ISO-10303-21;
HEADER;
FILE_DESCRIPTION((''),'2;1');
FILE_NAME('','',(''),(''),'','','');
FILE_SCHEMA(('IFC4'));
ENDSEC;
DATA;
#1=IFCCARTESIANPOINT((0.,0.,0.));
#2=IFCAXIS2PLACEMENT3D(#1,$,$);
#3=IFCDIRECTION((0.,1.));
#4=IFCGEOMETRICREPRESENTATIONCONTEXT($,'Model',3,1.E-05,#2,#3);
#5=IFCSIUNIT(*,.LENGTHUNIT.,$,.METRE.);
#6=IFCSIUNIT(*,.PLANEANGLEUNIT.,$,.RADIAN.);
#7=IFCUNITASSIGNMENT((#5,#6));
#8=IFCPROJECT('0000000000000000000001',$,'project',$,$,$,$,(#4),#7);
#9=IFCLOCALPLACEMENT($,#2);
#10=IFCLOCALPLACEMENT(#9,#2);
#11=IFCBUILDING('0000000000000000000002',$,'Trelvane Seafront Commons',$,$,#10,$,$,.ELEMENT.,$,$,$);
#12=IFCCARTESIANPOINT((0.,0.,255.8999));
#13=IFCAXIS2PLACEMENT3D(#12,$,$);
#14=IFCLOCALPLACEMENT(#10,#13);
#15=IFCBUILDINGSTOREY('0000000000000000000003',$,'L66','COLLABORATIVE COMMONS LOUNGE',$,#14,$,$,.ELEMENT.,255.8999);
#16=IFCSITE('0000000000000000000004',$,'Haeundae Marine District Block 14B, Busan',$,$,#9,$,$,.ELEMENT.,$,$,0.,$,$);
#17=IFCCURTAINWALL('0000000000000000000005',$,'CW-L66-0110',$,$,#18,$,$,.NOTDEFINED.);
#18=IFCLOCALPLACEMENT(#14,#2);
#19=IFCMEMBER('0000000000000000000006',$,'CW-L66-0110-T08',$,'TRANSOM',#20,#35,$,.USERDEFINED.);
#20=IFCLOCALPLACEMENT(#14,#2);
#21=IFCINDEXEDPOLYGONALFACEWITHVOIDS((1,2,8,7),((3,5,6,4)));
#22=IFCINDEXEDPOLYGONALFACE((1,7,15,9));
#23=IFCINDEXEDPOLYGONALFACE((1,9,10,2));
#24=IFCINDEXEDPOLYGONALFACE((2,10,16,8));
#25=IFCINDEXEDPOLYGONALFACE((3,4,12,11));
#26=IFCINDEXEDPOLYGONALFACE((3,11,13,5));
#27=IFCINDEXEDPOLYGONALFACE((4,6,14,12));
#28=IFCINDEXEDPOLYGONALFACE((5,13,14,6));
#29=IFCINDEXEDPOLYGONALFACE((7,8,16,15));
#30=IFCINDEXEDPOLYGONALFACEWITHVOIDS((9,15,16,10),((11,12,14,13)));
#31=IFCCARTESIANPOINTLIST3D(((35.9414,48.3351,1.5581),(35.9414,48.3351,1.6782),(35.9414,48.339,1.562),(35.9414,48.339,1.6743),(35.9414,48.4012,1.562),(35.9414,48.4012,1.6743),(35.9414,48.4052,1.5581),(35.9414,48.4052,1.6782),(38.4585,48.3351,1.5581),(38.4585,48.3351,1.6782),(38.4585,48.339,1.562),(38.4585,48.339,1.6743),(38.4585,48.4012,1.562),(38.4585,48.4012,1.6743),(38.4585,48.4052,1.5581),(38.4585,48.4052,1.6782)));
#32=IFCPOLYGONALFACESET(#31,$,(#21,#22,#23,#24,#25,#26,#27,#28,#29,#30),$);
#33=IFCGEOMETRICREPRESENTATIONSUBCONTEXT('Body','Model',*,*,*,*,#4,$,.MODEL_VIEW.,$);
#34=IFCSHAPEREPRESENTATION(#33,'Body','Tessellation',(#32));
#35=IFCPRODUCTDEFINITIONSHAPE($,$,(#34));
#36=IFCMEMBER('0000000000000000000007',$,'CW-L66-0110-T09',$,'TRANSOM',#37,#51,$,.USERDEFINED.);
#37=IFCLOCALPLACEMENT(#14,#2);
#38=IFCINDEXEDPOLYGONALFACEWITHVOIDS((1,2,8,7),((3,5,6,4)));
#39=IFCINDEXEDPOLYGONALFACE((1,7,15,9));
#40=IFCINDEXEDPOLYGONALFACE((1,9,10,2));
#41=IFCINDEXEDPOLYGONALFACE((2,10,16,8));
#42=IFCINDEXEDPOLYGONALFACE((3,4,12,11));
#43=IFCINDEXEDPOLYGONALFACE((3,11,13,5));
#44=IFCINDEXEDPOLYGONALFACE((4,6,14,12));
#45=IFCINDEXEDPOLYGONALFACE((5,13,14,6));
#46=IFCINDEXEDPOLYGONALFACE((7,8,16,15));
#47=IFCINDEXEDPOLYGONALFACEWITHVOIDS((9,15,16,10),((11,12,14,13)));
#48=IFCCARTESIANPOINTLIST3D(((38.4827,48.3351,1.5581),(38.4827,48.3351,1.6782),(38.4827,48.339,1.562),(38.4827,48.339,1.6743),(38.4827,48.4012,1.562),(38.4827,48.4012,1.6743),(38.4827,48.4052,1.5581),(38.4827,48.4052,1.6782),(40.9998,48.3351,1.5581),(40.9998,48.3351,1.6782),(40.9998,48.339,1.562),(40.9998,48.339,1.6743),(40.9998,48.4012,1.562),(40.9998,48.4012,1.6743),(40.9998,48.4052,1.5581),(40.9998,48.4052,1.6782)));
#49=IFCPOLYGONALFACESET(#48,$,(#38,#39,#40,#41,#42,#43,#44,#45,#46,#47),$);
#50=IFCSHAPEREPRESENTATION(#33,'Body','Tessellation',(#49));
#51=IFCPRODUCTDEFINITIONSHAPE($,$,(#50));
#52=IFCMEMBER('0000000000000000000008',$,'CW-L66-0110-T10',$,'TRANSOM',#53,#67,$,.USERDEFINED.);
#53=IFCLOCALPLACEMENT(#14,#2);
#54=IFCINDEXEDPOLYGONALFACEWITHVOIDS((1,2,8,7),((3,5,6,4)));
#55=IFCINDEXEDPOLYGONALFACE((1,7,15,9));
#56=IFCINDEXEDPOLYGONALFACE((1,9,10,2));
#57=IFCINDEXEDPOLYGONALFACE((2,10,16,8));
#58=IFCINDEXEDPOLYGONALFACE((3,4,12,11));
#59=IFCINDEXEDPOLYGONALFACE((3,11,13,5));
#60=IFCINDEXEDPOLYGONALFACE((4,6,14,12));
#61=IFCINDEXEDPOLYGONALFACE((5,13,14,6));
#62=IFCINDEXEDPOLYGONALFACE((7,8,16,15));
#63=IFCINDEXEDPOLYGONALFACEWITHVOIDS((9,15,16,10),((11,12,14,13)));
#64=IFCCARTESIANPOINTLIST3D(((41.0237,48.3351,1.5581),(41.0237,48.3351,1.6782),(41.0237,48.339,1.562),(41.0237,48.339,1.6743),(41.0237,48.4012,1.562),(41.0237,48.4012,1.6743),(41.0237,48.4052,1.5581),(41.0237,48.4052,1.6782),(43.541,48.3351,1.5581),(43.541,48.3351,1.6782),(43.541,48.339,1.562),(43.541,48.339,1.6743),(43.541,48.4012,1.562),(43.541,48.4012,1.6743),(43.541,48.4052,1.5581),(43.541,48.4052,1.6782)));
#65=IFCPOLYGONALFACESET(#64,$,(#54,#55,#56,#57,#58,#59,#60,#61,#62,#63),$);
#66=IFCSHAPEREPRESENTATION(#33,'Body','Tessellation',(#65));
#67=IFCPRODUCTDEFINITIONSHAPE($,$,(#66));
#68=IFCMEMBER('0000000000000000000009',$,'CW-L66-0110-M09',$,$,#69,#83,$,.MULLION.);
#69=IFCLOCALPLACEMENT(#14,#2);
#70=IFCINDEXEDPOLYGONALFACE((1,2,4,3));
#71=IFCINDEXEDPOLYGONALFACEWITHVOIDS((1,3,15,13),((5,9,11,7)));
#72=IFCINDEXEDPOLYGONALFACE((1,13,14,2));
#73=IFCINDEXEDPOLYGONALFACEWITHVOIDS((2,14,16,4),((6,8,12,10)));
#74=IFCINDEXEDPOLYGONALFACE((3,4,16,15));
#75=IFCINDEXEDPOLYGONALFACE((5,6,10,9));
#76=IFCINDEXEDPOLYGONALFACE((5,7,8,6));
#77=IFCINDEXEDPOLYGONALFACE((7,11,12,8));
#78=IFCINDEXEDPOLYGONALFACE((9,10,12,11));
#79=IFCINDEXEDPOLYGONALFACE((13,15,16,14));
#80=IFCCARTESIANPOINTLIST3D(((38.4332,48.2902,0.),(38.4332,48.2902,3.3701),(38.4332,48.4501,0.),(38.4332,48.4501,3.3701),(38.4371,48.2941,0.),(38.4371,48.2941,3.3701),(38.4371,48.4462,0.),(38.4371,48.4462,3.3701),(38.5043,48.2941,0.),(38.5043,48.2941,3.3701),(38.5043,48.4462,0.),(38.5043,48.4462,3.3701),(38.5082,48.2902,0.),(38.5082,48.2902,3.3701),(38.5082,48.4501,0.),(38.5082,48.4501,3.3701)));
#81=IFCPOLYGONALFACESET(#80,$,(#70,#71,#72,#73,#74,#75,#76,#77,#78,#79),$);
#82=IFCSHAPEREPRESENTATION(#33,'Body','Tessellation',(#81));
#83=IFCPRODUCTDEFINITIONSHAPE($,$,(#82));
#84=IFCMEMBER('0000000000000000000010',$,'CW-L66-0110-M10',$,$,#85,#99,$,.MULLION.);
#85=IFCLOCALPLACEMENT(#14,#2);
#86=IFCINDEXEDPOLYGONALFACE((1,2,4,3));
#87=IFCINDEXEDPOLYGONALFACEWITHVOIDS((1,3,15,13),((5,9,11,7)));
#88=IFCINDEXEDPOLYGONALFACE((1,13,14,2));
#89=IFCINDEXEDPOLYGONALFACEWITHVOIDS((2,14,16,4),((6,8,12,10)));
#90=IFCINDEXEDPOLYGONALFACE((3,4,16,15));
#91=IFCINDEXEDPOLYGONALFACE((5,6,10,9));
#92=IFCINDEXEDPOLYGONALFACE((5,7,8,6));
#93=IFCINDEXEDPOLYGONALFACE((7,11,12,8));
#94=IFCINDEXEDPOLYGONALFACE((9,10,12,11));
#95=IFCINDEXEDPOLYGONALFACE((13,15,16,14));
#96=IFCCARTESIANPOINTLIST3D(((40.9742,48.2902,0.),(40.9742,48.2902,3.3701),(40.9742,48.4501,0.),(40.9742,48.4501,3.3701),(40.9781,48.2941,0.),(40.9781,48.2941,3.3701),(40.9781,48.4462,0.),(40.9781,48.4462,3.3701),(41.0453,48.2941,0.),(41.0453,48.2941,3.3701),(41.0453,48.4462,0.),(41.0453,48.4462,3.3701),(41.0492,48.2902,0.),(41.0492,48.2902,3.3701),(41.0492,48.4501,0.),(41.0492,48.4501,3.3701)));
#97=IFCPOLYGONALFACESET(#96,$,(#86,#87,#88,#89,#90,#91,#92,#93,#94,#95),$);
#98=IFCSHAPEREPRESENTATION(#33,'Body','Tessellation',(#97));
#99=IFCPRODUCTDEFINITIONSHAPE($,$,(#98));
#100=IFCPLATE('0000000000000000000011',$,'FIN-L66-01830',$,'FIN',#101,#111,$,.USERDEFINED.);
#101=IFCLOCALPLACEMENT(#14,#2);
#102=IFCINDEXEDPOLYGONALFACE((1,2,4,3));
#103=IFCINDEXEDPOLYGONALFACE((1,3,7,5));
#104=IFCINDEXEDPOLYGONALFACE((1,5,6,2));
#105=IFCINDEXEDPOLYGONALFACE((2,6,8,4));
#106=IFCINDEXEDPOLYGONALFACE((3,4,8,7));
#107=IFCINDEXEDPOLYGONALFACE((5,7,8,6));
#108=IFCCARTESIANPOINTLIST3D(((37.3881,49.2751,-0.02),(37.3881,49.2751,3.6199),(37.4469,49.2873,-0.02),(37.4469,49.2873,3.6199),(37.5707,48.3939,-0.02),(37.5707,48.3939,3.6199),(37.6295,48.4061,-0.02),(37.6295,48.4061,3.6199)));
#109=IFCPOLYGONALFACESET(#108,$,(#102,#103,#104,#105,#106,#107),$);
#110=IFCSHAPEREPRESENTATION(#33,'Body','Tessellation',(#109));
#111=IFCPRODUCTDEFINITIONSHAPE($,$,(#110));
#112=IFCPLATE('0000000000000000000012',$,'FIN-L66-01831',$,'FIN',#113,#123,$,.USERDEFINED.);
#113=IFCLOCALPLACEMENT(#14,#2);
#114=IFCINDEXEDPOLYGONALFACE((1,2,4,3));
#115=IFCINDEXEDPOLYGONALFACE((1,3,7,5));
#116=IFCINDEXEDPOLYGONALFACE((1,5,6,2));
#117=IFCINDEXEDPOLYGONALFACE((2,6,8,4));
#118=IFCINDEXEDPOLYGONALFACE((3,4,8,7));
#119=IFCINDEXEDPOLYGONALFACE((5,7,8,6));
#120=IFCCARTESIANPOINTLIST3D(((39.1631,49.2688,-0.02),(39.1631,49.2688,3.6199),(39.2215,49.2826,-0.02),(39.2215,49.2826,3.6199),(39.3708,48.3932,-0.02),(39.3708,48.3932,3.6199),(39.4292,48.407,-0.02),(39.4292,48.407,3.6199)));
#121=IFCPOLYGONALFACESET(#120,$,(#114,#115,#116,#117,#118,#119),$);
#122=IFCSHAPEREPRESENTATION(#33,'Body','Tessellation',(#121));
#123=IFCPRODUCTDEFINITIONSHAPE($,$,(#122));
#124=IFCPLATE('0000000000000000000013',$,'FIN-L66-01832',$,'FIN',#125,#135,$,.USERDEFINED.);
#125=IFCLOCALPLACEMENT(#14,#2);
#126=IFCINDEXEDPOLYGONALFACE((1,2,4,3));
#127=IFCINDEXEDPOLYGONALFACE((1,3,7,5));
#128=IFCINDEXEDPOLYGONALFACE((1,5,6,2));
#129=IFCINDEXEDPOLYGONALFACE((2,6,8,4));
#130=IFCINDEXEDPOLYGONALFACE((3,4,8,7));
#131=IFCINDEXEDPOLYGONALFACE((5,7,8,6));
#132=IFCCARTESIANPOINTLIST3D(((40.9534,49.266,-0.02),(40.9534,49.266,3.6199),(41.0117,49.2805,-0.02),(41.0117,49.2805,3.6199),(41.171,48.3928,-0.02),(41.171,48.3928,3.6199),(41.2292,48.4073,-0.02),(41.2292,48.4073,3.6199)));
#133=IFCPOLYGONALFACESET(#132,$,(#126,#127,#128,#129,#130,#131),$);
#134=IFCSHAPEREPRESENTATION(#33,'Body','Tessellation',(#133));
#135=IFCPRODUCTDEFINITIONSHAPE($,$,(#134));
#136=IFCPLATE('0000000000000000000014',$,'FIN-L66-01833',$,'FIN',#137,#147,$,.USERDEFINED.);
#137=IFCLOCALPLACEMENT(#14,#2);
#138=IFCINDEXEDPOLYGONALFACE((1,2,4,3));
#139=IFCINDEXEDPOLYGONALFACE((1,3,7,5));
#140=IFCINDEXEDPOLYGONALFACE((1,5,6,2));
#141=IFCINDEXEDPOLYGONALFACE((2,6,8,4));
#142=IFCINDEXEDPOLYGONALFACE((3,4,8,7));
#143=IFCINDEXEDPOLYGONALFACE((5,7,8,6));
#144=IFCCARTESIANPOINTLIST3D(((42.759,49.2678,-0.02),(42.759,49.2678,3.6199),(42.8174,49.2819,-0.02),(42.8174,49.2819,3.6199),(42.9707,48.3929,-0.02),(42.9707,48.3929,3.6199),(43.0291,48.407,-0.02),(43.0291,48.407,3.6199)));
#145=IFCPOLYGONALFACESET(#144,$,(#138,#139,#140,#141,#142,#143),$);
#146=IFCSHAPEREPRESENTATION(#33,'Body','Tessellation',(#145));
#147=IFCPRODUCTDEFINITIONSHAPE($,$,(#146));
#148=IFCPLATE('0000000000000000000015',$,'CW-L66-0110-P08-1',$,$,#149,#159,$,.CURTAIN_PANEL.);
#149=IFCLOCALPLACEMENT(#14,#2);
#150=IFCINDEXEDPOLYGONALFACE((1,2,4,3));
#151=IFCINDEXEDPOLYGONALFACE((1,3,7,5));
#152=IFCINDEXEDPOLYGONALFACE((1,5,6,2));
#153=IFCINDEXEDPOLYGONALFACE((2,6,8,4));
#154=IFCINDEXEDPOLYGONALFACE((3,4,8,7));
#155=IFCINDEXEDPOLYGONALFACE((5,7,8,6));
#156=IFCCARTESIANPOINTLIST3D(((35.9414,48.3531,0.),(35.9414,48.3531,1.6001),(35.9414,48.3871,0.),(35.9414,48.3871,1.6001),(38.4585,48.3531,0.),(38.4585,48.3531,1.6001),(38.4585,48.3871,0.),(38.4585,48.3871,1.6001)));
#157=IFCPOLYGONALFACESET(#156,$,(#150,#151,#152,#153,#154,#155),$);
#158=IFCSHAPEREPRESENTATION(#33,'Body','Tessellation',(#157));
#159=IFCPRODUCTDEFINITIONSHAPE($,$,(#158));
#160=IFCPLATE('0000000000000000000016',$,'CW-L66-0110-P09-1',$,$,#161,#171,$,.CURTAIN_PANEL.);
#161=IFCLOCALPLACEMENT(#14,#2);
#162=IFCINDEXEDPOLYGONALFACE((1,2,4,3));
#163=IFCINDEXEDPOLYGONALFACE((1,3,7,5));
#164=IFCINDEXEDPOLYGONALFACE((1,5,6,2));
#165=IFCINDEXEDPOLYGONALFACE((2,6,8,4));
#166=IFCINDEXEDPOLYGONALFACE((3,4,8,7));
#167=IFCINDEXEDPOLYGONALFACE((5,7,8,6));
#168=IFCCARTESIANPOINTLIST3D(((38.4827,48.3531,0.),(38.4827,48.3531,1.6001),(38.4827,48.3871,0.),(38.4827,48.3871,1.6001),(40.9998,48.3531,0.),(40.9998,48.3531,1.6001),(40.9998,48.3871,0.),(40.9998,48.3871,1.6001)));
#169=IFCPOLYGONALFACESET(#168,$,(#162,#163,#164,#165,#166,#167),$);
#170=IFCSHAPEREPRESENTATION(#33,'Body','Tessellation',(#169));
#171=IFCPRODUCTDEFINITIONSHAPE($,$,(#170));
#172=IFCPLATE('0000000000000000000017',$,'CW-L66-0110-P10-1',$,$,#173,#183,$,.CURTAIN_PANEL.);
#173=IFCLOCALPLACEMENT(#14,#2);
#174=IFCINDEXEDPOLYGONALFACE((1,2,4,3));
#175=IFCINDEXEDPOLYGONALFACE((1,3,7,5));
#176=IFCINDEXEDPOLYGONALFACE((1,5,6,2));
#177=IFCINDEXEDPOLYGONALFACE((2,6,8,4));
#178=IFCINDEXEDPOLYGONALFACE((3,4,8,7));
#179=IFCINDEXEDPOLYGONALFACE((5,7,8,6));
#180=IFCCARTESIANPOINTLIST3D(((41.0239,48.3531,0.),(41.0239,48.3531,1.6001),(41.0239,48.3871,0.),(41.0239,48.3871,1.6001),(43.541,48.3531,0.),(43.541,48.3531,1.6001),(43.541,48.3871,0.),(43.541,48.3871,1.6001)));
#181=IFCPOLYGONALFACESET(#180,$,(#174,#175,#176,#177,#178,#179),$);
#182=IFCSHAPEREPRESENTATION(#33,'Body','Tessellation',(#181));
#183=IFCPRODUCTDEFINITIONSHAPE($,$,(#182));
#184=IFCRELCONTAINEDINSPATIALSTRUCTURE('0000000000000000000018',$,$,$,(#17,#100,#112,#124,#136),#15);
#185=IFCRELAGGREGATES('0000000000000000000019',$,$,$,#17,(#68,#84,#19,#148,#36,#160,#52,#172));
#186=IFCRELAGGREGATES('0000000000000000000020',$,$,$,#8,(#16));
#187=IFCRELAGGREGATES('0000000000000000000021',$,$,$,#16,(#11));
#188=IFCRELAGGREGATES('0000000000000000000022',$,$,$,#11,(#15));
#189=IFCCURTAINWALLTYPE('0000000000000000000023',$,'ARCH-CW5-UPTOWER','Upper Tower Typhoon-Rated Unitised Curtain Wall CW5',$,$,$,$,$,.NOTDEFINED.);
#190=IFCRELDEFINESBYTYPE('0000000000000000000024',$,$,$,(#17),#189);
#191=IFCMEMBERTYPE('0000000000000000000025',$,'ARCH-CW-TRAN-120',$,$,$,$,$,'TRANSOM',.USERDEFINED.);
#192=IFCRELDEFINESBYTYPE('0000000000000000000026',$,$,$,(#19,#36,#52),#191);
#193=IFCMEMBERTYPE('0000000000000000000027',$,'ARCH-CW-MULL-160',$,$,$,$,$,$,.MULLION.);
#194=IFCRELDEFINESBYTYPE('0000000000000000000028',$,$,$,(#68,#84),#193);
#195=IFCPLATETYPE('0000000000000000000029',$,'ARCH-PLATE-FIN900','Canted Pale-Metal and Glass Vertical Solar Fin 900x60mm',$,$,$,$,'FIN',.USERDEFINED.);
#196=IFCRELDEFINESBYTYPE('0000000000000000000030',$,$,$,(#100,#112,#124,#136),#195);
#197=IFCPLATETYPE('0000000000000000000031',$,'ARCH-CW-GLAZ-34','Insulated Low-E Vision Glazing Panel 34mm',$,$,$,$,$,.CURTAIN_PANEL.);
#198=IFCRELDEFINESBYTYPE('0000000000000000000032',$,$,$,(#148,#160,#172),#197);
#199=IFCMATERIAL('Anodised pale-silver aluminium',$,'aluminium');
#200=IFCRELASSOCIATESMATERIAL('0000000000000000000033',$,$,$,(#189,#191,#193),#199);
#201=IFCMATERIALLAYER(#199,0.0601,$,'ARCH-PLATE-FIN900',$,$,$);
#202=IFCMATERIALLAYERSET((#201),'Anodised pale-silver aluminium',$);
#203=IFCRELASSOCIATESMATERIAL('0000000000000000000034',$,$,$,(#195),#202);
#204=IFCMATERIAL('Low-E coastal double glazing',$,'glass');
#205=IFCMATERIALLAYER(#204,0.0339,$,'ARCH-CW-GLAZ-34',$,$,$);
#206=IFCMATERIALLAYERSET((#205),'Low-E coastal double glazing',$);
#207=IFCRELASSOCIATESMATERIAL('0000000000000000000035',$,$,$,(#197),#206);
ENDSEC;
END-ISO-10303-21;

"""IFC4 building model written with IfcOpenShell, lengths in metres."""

from ifc_helpers import new_model, si_unit, direction, frame, origin, origin_2d, place, context, subcontext, project, spatial, rectangle, hollow_rectangle, extrude, source, transform, mapped, material, layer, layer_set, material_profile, profile_set, type_object, element, aggregate, save


model = new_model("IFC4")

# Units and contexts
model_context = context("Model", 3, precision=1e-05, world=origin(), true_north=direction((0.0, 1.0)))
body_context = subcontext(model_context, "Body", "Model", "MODEL_VIEW")
ifc_project = project(units=[si_unit("LENGTHUNIT", "METRE"), si_unit("PLANEANGLEUNIT", "RADIAN")], contexts=[model_context])

# Site, building, storey
site_placement = place(None, origin())
site = spatial("IfcSite", under=ifc_project, at=site_placement, Name="Haeundae Marine District Block 14B, Busan", CompositionType="ELEMENT", RefElevation=0.0)
building_placement = place(site_placement, origin())
building = spatial("IfcBuilding", under=site, at=building_placement, Name="Trelvane Seafront Commons", CompositionType="ELEMENT")
storey_placement = place(building_placement, frame((0.0, 0.0, 255.8999)))
storey = spatial("IfcBuildingStorey", under=building, at=storey_placement, Name="L66", Description="COLLABORATIVE COMMONS LOUNGE", CompositionType="ELEMENT", Elevation=255.8999)

# Curtain wall, members
ifc_material_1 = material(Name="Anodised pale-silver aluminium", Category="aluminium")
curtain_wall_type = type_object("IfcCurtainWallType", Name="ARCH-CW5-UPTOWER", Description="Upper Tower Typhoon-Rated Unitised Curtain Wall CW5", PredefinedType="NOTDEFINED", material=ifc_material_1)
curtain_wall_placement = place(storey_placement, origin())
curtain_wall = element("IfcCurtainWall", 1, at=curtain_wall_placement, inside=storey, type_object=curtain_wall_type, Name="CW-L66-0110", PredefinedType="NOTDEFINED")
ifc_material_profile_1 = material_profile(ifc_material_1, hollow_rectangle(XDim=0.0701, YDim=0.1201, WallThickness=0.0039, at=origin_2d()), Name="TRAN-70x120x4")
ifc_profile_set_1 = profile_set([ifc_material_profile_1], Name="Anodised pale-silver aluminium")
member_type_1 = type_object("IfcMemberType", Name="ARCH-CW-TRAN-120", ElementType="TRANSOM", PredefinedType="USERDEFINED", material=ifc_profile_set_1)
shared_shape_1 = source(origin(), body_context, "Body", "SweptSolid", [
    extrude(hollow_rectangle(XDim=0.0701, YDim=0.1201, WallThickness=0.0039, at=origin_2d()), origin(), (0.0, 0.0, 1.0), 2.5171),
])
member_1_placement = place(storey_placement, frame((35.9414, 48.3701, 1.6182), z_axis=(1.0, 0.0, 0.0), x_axis=(0.0, 1.0, 0.0)))
member_1 = element("IfcMember", 2, at=member_1_placement, type_object=member_type_1, Name="CW-L66-0110-T08", ObjectType="TRANSOM", PredefinedType="USERDEFINED", context=body_context, shape_type="MappedRepresentation", body=[
    mapped(shared_shape_1, transform((0.0, 0.0, 0.0), x_axis=(1.0, 0.0, 0.0), y_axis=(0.0, 1.0, 0.0), z_axis=(0.0, 0.0, 1.0), scale=1.0)),
])
member_2_placement = place(storey_placement, frame((38.4827, 48.3701, 1.6182), z_axis=(1.0, 0.0, 0.0), x_axis=(0.0, 1.0, 0.0)))
member_2 = element("IfcMember", 3, at=member_2_placement, type_object=member_type_1, Name="CW-L66-0110-T09", ObjectType="TRANSOM", PredefinedType="USERDEFINED", context=body_context, shape_type="MappedRepresentation", body=[
    mapped(shared_shape_1, transform((0.0, 0.0, 0.0), x_axis=(1.0, 0.0, 0.0), y_axis=(0.0, 1.0, 0.0), z_axis=(0.0, 0.0, 1.0), scale=1.0)),
])
shared_shape_2 = source(origin(), body_context, "Body", "SweptSolid", [
    extrude(hollow_rectangle(XDim=0.0701, YDim=0.1201, WallThickness=0.0039, at=origin_2d()), origin(), (0.0, 0.0, 1.0), 2.5173),
])
member_3_placement = place(storey_placement, frame((41.0237, 48.3701, 1.6182), z_axis=(1.0, 0.0, 0.0), x_axis=(0.0, 1.0, 0.0)))
member_3 = element("IfcMember", 4, at=member_3_placement, type_object=member_type_1, Name="CW-L66-0110-T10", ObjectType="TRANSOM", PredefinedType="USERDEFINED", context=body_context, shape_type="MappedRepresentation", body=[
    mapped(shared_shape_2, transform((0.0, 0.0, 0.0), x_axis=(1.0, 0.0, 0.0), y_axis=(0.0, 1.0, 0.0), z_axis=(0.0, 0.0, 1.0), scale=1.0)),
])
ifc_material_profile_2 = material_profile(ifc_material_1, hollow_rectangle(XDim=0.075, YDim=0.1599, WallThickness=0.0039, at=origin_2d()), Name="MULL-75x160x4")
ifc_profile_set_2 = profile_set([ifc_material_profile_2], Name="Anodised pale-silver aluminium")
member_type_2 = type_object("IfcMemberType", Name="ARCH-CW-MULL-160", PredefinedType="MULLION", material=ifc_profile_set_2)
shared_shape_3 = source(origin(), body_context, "Body", "SweptSolid", [
    extrude(hollow_rectangle(XDim=0.075, YDim=0.1599, WallThickness=0.0039, at=origin_2d()), origin(), (0.0, 0.0, 1.0), 3.3701),
])
member_4_placement = place(storey_placement, frame((38.4707, 48.3701, 0.0), z_axis=(0.0, 0.0, 1.0), x_axis=(1.0, 0.0, 0.0)))
member_4 = element("IfcMember", 5, at=member_4_placement, type_object=member_type_2, Name="CW-L66-0110-M09", PredefinedType="MULLION", context=body_context, shape_type="MappedRepresentation", body=[
    mapped(shared_shape_3, transform((0.0, 0.0, 0.0), x_axis=(1.0, 0.0, 0.0), y_axis=(0.0, 1.0, 0.0), z_axis=(0.0, 0.0, 1.0), scale=1.0)),
])
member_5_placement = place(storey_placement, frame((41.0117, 48.3701, 0.0), z_axis=(0.0, 0.0, 1.0), x_axis=(1.0, 0.0, 0.0)))
member_5 = element("IfcMember", 6, at=member_5_placement, type_object=member_type_2, Name="CW-L66-0110-M10", PredefinedType="MULLION", context=body_context, shape_type="MappedRepresentation", body=[
    mapped(shared_shape_3, transform((0.0, 0.0, 0.0), x_axis=(1.0, 0.0, 0.0), y_axis=(0.0, 1.0, 0.0), z_axis=(0.0, 0.0, 1.0), scale=1.0)),
])

# Plates
ifc_layer_1 = layer(ifc_material_1, 0.0601, Name="ARCH-PLATE-FIN900")
ifc_layer_set_1 = layer_set([ifc_layer_1], Name="Anodised pale-silver aluminium")
plate_type_1 = type_object("IfcPlateType", Name="ARCH-PLATE-FIN900", Description="Canted Pale-Metal and Glass Vertical Solar Fin 900x60mm", ElementType="FIN", PredefinedType="USERDEFINED", material=ifc_layer_set_1)
shared_shape_4 = source(origin(), body_context, "Body", "SweptSolid", [
    extrude(rectangle(XDim=0.8999, YDim=0.0601, at=origin_2d()), origin(), (0.0, 0.0, 1.0), 3.6399),
])
for number, where, z_axis, x_axis, name in (
    (7, (37.5088, 48.8406, -0.02), (0.0, 0.0, 1.0), (-0.202885, 0.979203, 0.0), "FIN-L66-01830"),
    (8, (39.2961, 48.8379, -0.02), (0.0, 0.0, 1.0), (-0.23078, 0.973006, 0.0), "FIN-L66-01831"),
    (9, (41.0913, 48.8367, -0.02), (0.0, 0.0, 1.0), (-0.241778, 0.970332, 0.0), "FIN-L66-01832"),
):
    element("IfcPlate", number, at=place(storey_placement, frame(where, z_axis=z_axis, x_axis=x_axis)), inside=storey, type_object=plate_type_1, Name=name, ObjectType="FIN", PredefinedType="USERDEFINED", context=body_context, shape_type="MappedRepresentation", body=[
        mapped(shared_shape_4, transform((0.0, 0.0, 0.0), x_axis=(1.0, 0.0, 0.0), y_axis=(0.0, 1.0, 0.0), z_axis=(0.0, 0.0, 1.0), scale=1.0)),
    ])
shared_shape_5 = source(origin(), body_context, "Body", "SweptSolid", [
    extrude(rectangle(XDim=0.9001, YDim=0.0601, at=origin_2d()), origin(), (0.0, 0.0, 1.0), 3.6399),
])
plate_1_placement = place(storey_placement, frame((42.894, 48.8374, -0.02), z_axis=(0.0, 0.0, 1.0), x_axis=(-0.235208, 0.971945, 0.0)))
element("IfcPlate", 10, at=plate_1_placement, inside=storey, type_object=plate_type_1, Name="FIN-L66-01833", ObjectType="FIN", PredefinedType="USERDEFINED", context=body_context, shape_type="MappedRepresentation", body=[
    mapped(shared_shape_5, transform((0.0, 0.0, 0.0), x_axis=(1.0, 0.0, 0.0), y_axis=(0.0, 1.0, 0.0), z_axis=(0.0, 0.0, 1.0), scale=1.0)),
])

# Plates
ifc_material_2 = material(Name="Low-E coastal double glazing", Category="glass")
ifc_layer_2 = layer(ifc_material_2, 0.0339, Name="ARCH-CW-GLAZ-34")
ifc_layer_set_2 = layer_set([ifc_layer_2], Name="Low-E coastal double glazing")
plate_type_2 = type_object("IfcPlateType", Name="ARCH-CW-GLAZ-34", Description="Insulated Low-E Vision Glazing Panel 34mm", PredefinedType="CURTAIN_PANEL", material=ifc_layer_set_2)
shared_shape_6 = source(origin(), body_context, "Body", "SweptSolid", [
    extrude(rectangle(XDim=2.5171, YDim=0.0339, at=origin_2d()), origin(), (0.0, 0.0, 1.0), 1.6001),
])
plate_2_placement = place(storey_placement, frame((37.2, 48.3701, 0.0), z_axis=(0.0, 0.0, 1.0), x_axis=(1.0, 0.0, 0.0)))
plate_2 = element("IfcPlate", 11, at=plate_2_placement, type_object=plate_type_2, Name="CW-L66-0110-P08-1", PredefinedType="CURTAIN_PANEL", context=body_context, shape_type="MappedRepresentation", body=[
    mapped(shared_shape_6, transform((0.0, 0.0, 0.0), x_axis=(1.0, 0.0, 0.0), y_axis=(0.0, 1.0, 0.0), z_axis=(0.0, 0.0, 1.0), scale=1.0)),
])
plate_3_placement = place(storey_placement, frame((39.7412, 48.3701, 0.0), z_axis=(0.0, 0.0, 1.0), x_axis=(1.0, 0.0, 0.0)))
plate_3 = element("IfcPlate", 12, at=plate_3_placement, type_object=plate_type_2, Name="CW-L66-0110-P09-1", PredefinedType="CURTAIN_PANEL", context=body_context, shape_type="MappedRepresentation", body=[
    mapped(shared_shape_6, transform((0.0, 0.0, 0.0), x_axis=(1.0, 0.0, 0.0), y_axis=(0.0, 1.0, 0.0), z_axis=(0.0, 0.0, 1.0), scale=1.0)),
])
plate_4_placement = place(storey_placement, frame((42.2825, 48.3701, 0.0), z_axis=(0.0, 0.0, 1.0), x_axis=(1.0, 0.0, 0.0)))
plate_4 = element("IfcPlate", 13, at=plate_4_placement, type_object=plate_type_2, Name="CW-L66-0110-P10-1", PredefinedType="CURTAIN_PANEL", context=body_context, shape_type="MappedRepresentation", body=[
    mapped(shared_shape_6, transform((0.0, 0.0, 0.0), x_axis=(1.0, 0.0, 0.0), y_axis=(0.0, 1.0, 0.0), z_axis=(0.0, 0.0, 1.0), scale=1.0)),
])
aggregate(curtain_wall, [member_4, member_5, member_1, plate_2, member_2, plate_3, member_3, plate_4])

save(model, "model.ifc")
